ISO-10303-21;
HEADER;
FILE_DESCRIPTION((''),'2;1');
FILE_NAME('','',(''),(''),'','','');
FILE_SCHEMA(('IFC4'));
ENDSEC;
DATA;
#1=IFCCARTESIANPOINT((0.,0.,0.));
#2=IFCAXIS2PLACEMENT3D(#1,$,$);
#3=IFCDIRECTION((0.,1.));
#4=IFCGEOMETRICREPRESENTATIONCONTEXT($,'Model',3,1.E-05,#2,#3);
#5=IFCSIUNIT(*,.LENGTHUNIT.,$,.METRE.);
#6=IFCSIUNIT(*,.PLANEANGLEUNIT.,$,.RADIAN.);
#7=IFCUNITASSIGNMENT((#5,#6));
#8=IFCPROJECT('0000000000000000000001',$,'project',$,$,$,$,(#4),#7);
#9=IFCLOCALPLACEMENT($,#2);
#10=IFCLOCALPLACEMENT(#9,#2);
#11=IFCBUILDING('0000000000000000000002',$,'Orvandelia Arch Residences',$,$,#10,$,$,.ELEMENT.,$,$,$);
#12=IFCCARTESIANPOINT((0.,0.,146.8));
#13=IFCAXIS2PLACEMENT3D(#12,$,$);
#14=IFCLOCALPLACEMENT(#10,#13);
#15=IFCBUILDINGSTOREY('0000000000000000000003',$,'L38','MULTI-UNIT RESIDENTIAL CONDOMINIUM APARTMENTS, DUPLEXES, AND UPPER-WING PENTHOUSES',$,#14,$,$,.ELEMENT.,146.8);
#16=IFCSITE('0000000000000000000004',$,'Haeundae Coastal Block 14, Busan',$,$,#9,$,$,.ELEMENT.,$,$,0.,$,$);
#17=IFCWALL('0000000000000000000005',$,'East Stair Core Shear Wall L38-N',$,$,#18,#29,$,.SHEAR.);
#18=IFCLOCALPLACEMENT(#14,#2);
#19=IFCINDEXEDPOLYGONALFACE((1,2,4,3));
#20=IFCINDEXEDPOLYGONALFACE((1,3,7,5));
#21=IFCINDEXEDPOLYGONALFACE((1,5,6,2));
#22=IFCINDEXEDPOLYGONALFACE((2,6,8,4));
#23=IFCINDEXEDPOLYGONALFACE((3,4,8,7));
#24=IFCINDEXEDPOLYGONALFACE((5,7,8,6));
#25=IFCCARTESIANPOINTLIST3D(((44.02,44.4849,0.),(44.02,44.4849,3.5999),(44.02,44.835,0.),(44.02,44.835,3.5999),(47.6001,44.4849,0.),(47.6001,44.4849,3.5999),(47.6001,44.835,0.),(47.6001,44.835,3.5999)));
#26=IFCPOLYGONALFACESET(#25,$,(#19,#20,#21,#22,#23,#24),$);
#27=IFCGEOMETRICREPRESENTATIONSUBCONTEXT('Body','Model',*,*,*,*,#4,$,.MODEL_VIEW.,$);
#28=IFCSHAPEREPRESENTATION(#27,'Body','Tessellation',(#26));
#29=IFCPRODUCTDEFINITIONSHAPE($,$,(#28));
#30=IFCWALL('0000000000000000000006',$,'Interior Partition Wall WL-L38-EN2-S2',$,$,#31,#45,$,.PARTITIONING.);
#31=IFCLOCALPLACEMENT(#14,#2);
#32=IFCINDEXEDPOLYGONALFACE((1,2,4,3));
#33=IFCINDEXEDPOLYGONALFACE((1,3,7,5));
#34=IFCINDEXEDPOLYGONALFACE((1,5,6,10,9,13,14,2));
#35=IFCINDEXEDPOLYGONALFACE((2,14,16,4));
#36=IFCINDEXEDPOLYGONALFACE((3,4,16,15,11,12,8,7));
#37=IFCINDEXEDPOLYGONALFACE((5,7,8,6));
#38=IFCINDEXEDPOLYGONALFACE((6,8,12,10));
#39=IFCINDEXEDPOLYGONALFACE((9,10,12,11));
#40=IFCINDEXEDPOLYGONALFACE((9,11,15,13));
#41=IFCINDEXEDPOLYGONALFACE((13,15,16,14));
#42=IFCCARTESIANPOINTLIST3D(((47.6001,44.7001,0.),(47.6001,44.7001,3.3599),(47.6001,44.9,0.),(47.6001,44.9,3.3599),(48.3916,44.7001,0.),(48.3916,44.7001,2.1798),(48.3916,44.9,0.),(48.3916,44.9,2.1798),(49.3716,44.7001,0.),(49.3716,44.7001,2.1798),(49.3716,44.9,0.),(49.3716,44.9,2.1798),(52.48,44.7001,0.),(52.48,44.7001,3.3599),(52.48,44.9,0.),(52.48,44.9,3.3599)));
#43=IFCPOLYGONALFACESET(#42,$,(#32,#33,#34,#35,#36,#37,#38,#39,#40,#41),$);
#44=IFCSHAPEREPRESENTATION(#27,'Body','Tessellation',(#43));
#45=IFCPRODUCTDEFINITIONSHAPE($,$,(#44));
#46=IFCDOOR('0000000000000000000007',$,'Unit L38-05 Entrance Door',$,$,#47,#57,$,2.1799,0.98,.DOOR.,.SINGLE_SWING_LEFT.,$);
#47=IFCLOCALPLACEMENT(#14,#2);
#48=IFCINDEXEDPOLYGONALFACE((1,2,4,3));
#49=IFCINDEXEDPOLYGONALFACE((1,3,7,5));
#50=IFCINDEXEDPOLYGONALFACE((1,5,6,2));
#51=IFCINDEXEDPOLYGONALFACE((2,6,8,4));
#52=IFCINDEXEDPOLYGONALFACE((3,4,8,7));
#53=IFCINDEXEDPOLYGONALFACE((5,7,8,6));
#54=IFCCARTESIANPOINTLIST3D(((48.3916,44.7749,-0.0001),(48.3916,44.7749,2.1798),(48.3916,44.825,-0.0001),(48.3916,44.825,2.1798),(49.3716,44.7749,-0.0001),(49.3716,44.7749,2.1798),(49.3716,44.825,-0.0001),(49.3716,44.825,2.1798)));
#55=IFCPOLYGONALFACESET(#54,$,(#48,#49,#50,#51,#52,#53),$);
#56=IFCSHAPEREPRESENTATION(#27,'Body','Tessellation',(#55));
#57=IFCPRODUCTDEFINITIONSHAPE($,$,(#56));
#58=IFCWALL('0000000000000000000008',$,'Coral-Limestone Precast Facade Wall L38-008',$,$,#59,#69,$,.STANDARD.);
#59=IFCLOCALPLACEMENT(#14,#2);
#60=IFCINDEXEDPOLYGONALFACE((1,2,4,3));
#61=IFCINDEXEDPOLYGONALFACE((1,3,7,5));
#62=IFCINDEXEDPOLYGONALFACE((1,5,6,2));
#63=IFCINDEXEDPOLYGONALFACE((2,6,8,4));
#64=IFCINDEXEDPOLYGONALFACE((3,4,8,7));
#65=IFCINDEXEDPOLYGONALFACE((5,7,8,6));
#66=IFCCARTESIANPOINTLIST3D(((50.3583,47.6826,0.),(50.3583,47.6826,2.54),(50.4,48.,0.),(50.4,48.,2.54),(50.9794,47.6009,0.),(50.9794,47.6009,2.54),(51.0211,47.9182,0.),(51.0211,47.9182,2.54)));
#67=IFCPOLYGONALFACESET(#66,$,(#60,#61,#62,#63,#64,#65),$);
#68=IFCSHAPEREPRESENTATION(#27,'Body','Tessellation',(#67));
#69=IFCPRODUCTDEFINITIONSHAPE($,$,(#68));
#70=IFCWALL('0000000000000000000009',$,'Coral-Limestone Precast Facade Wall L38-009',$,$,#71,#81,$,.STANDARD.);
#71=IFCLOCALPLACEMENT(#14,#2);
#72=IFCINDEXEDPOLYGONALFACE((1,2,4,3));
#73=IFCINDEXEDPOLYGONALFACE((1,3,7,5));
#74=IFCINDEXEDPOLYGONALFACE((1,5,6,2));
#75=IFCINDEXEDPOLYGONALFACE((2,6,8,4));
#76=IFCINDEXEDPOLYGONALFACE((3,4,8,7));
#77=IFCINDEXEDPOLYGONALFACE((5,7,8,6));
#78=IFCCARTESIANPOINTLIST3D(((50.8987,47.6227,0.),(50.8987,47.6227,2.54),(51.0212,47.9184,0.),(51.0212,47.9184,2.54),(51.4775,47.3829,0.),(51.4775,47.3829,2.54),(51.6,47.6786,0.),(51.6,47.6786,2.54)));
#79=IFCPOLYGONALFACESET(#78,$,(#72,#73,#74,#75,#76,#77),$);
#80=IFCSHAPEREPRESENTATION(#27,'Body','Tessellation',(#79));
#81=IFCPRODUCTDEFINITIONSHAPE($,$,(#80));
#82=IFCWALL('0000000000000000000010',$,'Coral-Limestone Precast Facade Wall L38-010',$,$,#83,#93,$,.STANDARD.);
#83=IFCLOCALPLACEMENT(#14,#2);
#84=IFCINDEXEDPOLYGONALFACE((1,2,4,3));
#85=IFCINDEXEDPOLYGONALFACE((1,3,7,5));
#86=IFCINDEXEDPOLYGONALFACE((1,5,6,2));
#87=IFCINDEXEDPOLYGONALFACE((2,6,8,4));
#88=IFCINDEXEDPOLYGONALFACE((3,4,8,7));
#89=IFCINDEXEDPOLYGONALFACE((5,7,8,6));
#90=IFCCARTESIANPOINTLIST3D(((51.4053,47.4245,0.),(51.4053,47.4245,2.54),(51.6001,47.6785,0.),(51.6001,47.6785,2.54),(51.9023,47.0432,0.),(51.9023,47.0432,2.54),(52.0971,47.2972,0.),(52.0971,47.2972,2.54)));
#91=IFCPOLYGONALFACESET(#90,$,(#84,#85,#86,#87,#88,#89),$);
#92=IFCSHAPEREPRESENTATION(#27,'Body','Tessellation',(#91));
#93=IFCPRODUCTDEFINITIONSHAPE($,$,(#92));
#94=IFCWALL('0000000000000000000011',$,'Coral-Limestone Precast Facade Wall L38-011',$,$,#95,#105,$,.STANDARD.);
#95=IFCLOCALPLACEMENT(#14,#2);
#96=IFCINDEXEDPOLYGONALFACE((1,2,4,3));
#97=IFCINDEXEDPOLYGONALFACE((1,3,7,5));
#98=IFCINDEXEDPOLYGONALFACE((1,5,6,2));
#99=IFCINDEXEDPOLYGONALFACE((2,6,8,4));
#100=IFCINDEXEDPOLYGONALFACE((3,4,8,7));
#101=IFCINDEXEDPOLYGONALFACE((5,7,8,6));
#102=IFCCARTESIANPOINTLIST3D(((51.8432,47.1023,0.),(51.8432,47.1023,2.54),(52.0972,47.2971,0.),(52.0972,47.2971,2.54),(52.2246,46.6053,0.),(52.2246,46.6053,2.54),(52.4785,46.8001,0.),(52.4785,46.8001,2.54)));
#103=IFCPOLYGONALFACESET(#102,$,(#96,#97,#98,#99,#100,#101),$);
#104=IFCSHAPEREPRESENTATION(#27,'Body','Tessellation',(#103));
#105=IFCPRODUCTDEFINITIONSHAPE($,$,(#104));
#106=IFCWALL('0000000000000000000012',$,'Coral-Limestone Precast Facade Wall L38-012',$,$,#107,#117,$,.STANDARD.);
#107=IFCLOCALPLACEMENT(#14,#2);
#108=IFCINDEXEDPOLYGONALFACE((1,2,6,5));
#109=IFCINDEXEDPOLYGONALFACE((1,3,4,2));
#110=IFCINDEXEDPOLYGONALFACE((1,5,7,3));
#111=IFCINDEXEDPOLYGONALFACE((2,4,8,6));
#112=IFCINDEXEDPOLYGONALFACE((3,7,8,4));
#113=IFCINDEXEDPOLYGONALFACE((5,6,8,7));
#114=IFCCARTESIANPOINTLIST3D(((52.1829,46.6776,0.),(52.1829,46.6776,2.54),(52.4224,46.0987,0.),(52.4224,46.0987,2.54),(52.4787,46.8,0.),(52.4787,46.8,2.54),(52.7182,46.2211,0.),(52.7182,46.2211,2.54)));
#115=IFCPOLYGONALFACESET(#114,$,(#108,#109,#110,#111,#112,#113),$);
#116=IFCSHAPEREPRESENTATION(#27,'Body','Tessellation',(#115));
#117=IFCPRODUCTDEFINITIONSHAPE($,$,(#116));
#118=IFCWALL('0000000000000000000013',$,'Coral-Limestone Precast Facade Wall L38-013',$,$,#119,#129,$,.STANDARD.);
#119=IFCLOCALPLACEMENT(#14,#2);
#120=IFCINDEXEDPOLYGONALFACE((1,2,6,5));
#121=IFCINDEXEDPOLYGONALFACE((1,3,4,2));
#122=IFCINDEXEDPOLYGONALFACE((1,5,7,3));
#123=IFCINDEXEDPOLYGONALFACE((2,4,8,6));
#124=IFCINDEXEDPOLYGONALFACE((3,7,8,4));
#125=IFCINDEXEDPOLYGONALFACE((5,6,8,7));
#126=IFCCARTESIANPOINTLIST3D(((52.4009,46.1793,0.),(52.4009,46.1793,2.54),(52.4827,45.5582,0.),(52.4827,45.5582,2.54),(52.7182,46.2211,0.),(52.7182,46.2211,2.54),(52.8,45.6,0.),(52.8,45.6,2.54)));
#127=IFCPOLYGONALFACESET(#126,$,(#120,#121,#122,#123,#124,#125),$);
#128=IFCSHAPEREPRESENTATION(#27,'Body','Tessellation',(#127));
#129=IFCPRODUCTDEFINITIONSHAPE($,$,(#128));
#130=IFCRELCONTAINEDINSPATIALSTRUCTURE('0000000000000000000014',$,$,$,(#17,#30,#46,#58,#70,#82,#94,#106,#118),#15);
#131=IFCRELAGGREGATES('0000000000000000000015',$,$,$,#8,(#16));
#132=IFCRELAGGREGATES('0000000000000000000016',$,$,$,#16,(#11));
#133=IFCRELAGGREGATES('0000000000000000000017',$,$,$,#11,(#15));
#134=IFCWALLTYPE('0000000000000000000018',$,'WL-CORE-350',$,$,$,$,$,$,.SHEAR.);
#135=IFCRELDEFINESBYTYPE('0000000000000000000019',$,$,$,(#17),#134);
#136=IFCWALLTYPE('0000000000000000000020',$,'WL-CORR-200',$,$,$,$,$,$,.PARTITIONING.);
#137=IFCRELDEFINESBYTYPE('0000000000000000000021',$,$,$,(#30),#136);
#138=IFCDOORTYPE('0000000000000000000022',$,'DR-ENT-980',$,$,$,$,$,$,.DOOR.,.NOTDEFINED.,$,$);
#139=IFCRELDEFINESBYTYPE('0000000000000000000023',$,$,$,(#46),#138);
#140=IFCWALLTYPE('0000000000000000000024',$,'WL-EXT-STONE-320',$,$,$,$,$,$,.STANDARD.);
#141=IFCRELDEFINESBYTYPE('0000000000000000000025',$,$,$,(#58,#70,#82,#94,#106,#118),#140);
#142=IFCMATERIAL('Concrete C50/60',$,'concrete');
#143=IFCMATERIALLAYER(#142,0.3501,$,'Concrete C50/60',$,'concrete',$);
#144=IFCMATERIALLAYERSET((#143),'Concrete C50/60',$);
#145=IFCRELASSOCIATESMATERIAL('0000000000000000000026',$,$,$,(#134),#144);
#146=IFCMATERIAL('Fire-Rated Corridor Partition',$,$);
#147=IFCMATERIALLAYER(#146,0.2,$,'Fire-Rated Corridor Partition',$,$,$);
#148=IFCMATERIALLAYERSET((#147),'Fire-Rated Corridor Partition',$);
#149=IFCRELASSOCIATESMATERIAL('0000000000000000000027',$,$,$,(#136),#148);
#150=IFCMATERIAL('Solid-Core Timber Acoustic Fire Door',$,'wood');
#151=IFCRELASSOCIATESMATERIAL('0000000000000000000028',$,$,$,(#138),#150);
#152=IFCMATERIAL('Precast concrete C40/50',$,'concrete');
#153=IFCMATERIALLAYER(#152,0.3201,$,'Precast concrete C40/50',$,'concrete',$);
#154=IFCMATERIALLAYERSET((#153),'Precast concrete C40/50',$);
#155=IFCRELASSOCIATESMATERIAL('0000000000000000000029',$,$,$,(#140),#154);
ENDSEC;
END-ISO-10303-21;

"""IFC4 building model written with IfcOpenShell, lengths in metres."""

from ifc_helpers import new_model, si_unit, direction, frame, frame_2d, origin, place, context, subcontext, project, spatial, rectangle, extrude, material, layer, layer_set, type_object, element, fill, save


model = new_model("IFC4")

# Units and contexts
model_context = context("Model", 3, precision=1e-05, world=origin(), true_north=direction((0.0, 1.0)))
body_context = subcontext(model_context, "Body", "Model", "MODEL_VIEW")
ifc_project = project(units=[si_unit("LENGTHUNIT", "METRE"), si_unit("PLANEANGLEUNIT", "RADIAN")], contexts=[model_context])

# Site, building, storey
site_placement = place(None, origin())
site = spatial("IfcSite", under=ifc_project, at=site_placement, Name="Haeundae Coastal Block 14, Busan", CompositionType="ELEMENT", RefElevation=0.0)
building_placement = place(site_placement, origin())
building = spatial("IfcBuilding", under=site, at=building_placement, Name="Orvandelia Arch Residences", CompositionType="ELEMENT")
storey_placement = place(building_placement, frame((0.0, 0.0, 146.8)))
storey = spatial("IfcBuildingStorey", under=building, at=storey_placement, Name="L38", Description="MULTI-UNIT RESIDENTIAL CONDOMINIUM APARTMENTS, DUPLEXES, AND UPPER-WING PENTHOUSES", CompositionType="ELEMENT", Elevation=146.8)

# Wall
ifc_material_1 = material(Name="Concrete C50/60", Category="concrete")
ifc_layer_1 = layer(ifc_material_1, 0.3501, Name="Concrete C50/60", Category="concrete")
ifc_layer_set_1 = layer_set([ifc_layer_1], Name="Concrete C50/60")
wall_type_1 = type_object("IfcWallType", Name="WL-CORE-350", PredefinedType="SHEAR", material=ifc_layer_set_1)
wall_1_placement = place(storey_placement, frame((44.02, 44.6599, 0.0), z_axis=(0.0, 0.0, 1.0), x_axis=(1.0, 0.0, 0.0)))
element("IfcWall", 1, at=wall_1_placement, inside=storey, type_object=wall_type_1, Name="East Stair Core Shear Wall L38-N", PredefinedType="SHEAR", context=body_context, shape_type="SweptSolid", body=[
    extrude(rectangle(XDim=3.5801, YDim=0.3501, at=frame_2d((1.79, 0.0))), origin(), (0.0, 0.0, 1.0), 3.5999),
])

# Wall, opening, door
ifc_material_2 = material(Name="Fire-Rated Corridor Partition")
ifc_layer_2 = layer(ifc_material_2, 0.2, Name="Fire-Rated Corridor Partition")
ifc_layer_set_2 = layer_set([ifc_layer_2], Name="Fire-Rated Corridor Partition")
wall_type_2 = type_object("IfcWallType", Name="WL-CORR-200", PredefinedType="PARTITIONING", material=ifc_layer_set_2)
wall_2_placement = place(storey_placement, frame((47.6001, 44.8, 0.0), z_axis=(0.0, 0.0, 1.0), x_axis=(1.0, 0.0, 0.0)))
wall_2 = element("IfcWall", 2, at=wall_2_placement, inside=storey, type_object=wall_type_2, Name="Interior Partition Wall WL-L38-EN2-S2", PredefinedType="PARTITIONING", context=body_context, shape_type="SweptSolid", body=[
    extrude(rectangle(XDim=4.8799, YDim=0.2, at=frame_2d((2.4399, 0.0))), origin(), (0.0, 0.0, 1.0), 3.3599),
])
opening_1_placement = place(wall_2_placement, frame((0.7915, 0.0, 0.0)))
opening_1 = element("IfcOpeningElement", 3, at=opening_1_placement, cuts=wall_2, PredefinedType="OPENING", context=body_context, shape_type="SweptSolid", body=[
    extrude(rectangle(XDim=0.98, YDim=2.1799, at=frame_2d((0.49, 1.0898))), frame((0.0, 0.1099, 0.0), z_axis=(0.0, -1.0, 0.0), x_axis=(1.0, 0.0, 0.0)), (0.0, 0.0, 1.0), 0.22),
])
ifc_material_3 = material(Name="Solid-Core Timber Acoustic Fire Door", Category="wood")
door_type_1 = type_object("IfcDoorType", Name="DR-ENT-980", OperationType="NOTDEFINED", PredefinedType="DOOR", material=ifc_material_3)
door_1_placement = place(opening_1_placement, origin())
door_1 = element("IfcDoor", 4, at=door_1_placement, inside=storey, type_object=door_type_1, Name="Unit L38-05 Entrance Door", OperationType="SINGLE_SWING_LEFT", OverallHeight=2.1799, OverallWidth=0.98, PredefinedType="DOOR", context=body_context, shape_type="SweptSolid", body=[
    extrude(rectangle(XDim=0.98, YDim=2.1799, at=frame_2d((0.49, 1.0898))), frame((0.0, 0.0249, 0.0), z_axis=(0.0, -1.0, 0.0), x_axis=(1.0, 0.0, 0.0)), (0.0, 0.0, 1.0), 0.05),
])
fill(opening_1, door_1)

# Walls
ifc_material_4 = material(Name="Precast concrete C40/50", Category="concrete")
ifc_layer_3 = layer(ifc_material_4, 0.3201, Name="Precast concrete C40/50", Category="concrete")
ifc_layer_set_3 = layer_set([ifc_layer_3], Name="Precast concrete C40/50")
wall_type_3 = type_object("IfcWallType", Name="WL-EXT-STONE-320", PredefinedType="STANDARD", material=ifc_layer_set_3)
for number, where, z_axis, x_axis, name in (
    (5, (50.3792, 47.8413, 0.0), (0.0, 0.0, 1.0), (0.991441, -0.130555, 0.0), "Coral-Limestone Precast Facade Wall L38-008"),
    (6, (50.96, 47.7705, 0.0), (0.0, 0.0, 1.0), (0.923893, -0.38265, 0.0), "Coral-Limestone Precast Facade Wall L38-009"),
    (7, (51.5027, 47.5515, 0.0), (0.0, 0.0, 1.0), (0.793406, -0.608693, 0.0), "Coral-Limestone Precast Facade Wall L38-010"),
    (8, (51.9702, 47.1997, 0.0), (0.0, 0.0, 1.0), (0.608693, -0.793406, 0.0), "Coral-Limestone Precast Facade Wall L38-011"),
    (9, (52.3308, 46.7388, 0.0), (0.0, 0.0, 1.0), (0.382317, -0.924031, 0.0), "Coral-Limestone Precast Facade Wall L38-012"),
    (10, (52.5596, 46.2002, 0.0), (0.0, 0.0, 1.0), (0.130555, -0.991441, 0.0), "Coral-Limestone Precast Facade Wall L38-013"),
):
    element("IfcWall", number, at=place(storey_placement, frame(where, z_axis=z_axis, x_axis=x_axis)), inside=storey, type_object=wall_type_3, Name=name, PredefinedType="STANDARD", context=body_context, shape_type="SweptSolid", body=[
        extrude(rectangle(XDim=0.6265, YDim=0.3201, at=frame_2d((0.3132, 0.0))), origin(), (0.0, 0.0, 1.0), 2.54),
    ])

save(model, "model.ifc")
